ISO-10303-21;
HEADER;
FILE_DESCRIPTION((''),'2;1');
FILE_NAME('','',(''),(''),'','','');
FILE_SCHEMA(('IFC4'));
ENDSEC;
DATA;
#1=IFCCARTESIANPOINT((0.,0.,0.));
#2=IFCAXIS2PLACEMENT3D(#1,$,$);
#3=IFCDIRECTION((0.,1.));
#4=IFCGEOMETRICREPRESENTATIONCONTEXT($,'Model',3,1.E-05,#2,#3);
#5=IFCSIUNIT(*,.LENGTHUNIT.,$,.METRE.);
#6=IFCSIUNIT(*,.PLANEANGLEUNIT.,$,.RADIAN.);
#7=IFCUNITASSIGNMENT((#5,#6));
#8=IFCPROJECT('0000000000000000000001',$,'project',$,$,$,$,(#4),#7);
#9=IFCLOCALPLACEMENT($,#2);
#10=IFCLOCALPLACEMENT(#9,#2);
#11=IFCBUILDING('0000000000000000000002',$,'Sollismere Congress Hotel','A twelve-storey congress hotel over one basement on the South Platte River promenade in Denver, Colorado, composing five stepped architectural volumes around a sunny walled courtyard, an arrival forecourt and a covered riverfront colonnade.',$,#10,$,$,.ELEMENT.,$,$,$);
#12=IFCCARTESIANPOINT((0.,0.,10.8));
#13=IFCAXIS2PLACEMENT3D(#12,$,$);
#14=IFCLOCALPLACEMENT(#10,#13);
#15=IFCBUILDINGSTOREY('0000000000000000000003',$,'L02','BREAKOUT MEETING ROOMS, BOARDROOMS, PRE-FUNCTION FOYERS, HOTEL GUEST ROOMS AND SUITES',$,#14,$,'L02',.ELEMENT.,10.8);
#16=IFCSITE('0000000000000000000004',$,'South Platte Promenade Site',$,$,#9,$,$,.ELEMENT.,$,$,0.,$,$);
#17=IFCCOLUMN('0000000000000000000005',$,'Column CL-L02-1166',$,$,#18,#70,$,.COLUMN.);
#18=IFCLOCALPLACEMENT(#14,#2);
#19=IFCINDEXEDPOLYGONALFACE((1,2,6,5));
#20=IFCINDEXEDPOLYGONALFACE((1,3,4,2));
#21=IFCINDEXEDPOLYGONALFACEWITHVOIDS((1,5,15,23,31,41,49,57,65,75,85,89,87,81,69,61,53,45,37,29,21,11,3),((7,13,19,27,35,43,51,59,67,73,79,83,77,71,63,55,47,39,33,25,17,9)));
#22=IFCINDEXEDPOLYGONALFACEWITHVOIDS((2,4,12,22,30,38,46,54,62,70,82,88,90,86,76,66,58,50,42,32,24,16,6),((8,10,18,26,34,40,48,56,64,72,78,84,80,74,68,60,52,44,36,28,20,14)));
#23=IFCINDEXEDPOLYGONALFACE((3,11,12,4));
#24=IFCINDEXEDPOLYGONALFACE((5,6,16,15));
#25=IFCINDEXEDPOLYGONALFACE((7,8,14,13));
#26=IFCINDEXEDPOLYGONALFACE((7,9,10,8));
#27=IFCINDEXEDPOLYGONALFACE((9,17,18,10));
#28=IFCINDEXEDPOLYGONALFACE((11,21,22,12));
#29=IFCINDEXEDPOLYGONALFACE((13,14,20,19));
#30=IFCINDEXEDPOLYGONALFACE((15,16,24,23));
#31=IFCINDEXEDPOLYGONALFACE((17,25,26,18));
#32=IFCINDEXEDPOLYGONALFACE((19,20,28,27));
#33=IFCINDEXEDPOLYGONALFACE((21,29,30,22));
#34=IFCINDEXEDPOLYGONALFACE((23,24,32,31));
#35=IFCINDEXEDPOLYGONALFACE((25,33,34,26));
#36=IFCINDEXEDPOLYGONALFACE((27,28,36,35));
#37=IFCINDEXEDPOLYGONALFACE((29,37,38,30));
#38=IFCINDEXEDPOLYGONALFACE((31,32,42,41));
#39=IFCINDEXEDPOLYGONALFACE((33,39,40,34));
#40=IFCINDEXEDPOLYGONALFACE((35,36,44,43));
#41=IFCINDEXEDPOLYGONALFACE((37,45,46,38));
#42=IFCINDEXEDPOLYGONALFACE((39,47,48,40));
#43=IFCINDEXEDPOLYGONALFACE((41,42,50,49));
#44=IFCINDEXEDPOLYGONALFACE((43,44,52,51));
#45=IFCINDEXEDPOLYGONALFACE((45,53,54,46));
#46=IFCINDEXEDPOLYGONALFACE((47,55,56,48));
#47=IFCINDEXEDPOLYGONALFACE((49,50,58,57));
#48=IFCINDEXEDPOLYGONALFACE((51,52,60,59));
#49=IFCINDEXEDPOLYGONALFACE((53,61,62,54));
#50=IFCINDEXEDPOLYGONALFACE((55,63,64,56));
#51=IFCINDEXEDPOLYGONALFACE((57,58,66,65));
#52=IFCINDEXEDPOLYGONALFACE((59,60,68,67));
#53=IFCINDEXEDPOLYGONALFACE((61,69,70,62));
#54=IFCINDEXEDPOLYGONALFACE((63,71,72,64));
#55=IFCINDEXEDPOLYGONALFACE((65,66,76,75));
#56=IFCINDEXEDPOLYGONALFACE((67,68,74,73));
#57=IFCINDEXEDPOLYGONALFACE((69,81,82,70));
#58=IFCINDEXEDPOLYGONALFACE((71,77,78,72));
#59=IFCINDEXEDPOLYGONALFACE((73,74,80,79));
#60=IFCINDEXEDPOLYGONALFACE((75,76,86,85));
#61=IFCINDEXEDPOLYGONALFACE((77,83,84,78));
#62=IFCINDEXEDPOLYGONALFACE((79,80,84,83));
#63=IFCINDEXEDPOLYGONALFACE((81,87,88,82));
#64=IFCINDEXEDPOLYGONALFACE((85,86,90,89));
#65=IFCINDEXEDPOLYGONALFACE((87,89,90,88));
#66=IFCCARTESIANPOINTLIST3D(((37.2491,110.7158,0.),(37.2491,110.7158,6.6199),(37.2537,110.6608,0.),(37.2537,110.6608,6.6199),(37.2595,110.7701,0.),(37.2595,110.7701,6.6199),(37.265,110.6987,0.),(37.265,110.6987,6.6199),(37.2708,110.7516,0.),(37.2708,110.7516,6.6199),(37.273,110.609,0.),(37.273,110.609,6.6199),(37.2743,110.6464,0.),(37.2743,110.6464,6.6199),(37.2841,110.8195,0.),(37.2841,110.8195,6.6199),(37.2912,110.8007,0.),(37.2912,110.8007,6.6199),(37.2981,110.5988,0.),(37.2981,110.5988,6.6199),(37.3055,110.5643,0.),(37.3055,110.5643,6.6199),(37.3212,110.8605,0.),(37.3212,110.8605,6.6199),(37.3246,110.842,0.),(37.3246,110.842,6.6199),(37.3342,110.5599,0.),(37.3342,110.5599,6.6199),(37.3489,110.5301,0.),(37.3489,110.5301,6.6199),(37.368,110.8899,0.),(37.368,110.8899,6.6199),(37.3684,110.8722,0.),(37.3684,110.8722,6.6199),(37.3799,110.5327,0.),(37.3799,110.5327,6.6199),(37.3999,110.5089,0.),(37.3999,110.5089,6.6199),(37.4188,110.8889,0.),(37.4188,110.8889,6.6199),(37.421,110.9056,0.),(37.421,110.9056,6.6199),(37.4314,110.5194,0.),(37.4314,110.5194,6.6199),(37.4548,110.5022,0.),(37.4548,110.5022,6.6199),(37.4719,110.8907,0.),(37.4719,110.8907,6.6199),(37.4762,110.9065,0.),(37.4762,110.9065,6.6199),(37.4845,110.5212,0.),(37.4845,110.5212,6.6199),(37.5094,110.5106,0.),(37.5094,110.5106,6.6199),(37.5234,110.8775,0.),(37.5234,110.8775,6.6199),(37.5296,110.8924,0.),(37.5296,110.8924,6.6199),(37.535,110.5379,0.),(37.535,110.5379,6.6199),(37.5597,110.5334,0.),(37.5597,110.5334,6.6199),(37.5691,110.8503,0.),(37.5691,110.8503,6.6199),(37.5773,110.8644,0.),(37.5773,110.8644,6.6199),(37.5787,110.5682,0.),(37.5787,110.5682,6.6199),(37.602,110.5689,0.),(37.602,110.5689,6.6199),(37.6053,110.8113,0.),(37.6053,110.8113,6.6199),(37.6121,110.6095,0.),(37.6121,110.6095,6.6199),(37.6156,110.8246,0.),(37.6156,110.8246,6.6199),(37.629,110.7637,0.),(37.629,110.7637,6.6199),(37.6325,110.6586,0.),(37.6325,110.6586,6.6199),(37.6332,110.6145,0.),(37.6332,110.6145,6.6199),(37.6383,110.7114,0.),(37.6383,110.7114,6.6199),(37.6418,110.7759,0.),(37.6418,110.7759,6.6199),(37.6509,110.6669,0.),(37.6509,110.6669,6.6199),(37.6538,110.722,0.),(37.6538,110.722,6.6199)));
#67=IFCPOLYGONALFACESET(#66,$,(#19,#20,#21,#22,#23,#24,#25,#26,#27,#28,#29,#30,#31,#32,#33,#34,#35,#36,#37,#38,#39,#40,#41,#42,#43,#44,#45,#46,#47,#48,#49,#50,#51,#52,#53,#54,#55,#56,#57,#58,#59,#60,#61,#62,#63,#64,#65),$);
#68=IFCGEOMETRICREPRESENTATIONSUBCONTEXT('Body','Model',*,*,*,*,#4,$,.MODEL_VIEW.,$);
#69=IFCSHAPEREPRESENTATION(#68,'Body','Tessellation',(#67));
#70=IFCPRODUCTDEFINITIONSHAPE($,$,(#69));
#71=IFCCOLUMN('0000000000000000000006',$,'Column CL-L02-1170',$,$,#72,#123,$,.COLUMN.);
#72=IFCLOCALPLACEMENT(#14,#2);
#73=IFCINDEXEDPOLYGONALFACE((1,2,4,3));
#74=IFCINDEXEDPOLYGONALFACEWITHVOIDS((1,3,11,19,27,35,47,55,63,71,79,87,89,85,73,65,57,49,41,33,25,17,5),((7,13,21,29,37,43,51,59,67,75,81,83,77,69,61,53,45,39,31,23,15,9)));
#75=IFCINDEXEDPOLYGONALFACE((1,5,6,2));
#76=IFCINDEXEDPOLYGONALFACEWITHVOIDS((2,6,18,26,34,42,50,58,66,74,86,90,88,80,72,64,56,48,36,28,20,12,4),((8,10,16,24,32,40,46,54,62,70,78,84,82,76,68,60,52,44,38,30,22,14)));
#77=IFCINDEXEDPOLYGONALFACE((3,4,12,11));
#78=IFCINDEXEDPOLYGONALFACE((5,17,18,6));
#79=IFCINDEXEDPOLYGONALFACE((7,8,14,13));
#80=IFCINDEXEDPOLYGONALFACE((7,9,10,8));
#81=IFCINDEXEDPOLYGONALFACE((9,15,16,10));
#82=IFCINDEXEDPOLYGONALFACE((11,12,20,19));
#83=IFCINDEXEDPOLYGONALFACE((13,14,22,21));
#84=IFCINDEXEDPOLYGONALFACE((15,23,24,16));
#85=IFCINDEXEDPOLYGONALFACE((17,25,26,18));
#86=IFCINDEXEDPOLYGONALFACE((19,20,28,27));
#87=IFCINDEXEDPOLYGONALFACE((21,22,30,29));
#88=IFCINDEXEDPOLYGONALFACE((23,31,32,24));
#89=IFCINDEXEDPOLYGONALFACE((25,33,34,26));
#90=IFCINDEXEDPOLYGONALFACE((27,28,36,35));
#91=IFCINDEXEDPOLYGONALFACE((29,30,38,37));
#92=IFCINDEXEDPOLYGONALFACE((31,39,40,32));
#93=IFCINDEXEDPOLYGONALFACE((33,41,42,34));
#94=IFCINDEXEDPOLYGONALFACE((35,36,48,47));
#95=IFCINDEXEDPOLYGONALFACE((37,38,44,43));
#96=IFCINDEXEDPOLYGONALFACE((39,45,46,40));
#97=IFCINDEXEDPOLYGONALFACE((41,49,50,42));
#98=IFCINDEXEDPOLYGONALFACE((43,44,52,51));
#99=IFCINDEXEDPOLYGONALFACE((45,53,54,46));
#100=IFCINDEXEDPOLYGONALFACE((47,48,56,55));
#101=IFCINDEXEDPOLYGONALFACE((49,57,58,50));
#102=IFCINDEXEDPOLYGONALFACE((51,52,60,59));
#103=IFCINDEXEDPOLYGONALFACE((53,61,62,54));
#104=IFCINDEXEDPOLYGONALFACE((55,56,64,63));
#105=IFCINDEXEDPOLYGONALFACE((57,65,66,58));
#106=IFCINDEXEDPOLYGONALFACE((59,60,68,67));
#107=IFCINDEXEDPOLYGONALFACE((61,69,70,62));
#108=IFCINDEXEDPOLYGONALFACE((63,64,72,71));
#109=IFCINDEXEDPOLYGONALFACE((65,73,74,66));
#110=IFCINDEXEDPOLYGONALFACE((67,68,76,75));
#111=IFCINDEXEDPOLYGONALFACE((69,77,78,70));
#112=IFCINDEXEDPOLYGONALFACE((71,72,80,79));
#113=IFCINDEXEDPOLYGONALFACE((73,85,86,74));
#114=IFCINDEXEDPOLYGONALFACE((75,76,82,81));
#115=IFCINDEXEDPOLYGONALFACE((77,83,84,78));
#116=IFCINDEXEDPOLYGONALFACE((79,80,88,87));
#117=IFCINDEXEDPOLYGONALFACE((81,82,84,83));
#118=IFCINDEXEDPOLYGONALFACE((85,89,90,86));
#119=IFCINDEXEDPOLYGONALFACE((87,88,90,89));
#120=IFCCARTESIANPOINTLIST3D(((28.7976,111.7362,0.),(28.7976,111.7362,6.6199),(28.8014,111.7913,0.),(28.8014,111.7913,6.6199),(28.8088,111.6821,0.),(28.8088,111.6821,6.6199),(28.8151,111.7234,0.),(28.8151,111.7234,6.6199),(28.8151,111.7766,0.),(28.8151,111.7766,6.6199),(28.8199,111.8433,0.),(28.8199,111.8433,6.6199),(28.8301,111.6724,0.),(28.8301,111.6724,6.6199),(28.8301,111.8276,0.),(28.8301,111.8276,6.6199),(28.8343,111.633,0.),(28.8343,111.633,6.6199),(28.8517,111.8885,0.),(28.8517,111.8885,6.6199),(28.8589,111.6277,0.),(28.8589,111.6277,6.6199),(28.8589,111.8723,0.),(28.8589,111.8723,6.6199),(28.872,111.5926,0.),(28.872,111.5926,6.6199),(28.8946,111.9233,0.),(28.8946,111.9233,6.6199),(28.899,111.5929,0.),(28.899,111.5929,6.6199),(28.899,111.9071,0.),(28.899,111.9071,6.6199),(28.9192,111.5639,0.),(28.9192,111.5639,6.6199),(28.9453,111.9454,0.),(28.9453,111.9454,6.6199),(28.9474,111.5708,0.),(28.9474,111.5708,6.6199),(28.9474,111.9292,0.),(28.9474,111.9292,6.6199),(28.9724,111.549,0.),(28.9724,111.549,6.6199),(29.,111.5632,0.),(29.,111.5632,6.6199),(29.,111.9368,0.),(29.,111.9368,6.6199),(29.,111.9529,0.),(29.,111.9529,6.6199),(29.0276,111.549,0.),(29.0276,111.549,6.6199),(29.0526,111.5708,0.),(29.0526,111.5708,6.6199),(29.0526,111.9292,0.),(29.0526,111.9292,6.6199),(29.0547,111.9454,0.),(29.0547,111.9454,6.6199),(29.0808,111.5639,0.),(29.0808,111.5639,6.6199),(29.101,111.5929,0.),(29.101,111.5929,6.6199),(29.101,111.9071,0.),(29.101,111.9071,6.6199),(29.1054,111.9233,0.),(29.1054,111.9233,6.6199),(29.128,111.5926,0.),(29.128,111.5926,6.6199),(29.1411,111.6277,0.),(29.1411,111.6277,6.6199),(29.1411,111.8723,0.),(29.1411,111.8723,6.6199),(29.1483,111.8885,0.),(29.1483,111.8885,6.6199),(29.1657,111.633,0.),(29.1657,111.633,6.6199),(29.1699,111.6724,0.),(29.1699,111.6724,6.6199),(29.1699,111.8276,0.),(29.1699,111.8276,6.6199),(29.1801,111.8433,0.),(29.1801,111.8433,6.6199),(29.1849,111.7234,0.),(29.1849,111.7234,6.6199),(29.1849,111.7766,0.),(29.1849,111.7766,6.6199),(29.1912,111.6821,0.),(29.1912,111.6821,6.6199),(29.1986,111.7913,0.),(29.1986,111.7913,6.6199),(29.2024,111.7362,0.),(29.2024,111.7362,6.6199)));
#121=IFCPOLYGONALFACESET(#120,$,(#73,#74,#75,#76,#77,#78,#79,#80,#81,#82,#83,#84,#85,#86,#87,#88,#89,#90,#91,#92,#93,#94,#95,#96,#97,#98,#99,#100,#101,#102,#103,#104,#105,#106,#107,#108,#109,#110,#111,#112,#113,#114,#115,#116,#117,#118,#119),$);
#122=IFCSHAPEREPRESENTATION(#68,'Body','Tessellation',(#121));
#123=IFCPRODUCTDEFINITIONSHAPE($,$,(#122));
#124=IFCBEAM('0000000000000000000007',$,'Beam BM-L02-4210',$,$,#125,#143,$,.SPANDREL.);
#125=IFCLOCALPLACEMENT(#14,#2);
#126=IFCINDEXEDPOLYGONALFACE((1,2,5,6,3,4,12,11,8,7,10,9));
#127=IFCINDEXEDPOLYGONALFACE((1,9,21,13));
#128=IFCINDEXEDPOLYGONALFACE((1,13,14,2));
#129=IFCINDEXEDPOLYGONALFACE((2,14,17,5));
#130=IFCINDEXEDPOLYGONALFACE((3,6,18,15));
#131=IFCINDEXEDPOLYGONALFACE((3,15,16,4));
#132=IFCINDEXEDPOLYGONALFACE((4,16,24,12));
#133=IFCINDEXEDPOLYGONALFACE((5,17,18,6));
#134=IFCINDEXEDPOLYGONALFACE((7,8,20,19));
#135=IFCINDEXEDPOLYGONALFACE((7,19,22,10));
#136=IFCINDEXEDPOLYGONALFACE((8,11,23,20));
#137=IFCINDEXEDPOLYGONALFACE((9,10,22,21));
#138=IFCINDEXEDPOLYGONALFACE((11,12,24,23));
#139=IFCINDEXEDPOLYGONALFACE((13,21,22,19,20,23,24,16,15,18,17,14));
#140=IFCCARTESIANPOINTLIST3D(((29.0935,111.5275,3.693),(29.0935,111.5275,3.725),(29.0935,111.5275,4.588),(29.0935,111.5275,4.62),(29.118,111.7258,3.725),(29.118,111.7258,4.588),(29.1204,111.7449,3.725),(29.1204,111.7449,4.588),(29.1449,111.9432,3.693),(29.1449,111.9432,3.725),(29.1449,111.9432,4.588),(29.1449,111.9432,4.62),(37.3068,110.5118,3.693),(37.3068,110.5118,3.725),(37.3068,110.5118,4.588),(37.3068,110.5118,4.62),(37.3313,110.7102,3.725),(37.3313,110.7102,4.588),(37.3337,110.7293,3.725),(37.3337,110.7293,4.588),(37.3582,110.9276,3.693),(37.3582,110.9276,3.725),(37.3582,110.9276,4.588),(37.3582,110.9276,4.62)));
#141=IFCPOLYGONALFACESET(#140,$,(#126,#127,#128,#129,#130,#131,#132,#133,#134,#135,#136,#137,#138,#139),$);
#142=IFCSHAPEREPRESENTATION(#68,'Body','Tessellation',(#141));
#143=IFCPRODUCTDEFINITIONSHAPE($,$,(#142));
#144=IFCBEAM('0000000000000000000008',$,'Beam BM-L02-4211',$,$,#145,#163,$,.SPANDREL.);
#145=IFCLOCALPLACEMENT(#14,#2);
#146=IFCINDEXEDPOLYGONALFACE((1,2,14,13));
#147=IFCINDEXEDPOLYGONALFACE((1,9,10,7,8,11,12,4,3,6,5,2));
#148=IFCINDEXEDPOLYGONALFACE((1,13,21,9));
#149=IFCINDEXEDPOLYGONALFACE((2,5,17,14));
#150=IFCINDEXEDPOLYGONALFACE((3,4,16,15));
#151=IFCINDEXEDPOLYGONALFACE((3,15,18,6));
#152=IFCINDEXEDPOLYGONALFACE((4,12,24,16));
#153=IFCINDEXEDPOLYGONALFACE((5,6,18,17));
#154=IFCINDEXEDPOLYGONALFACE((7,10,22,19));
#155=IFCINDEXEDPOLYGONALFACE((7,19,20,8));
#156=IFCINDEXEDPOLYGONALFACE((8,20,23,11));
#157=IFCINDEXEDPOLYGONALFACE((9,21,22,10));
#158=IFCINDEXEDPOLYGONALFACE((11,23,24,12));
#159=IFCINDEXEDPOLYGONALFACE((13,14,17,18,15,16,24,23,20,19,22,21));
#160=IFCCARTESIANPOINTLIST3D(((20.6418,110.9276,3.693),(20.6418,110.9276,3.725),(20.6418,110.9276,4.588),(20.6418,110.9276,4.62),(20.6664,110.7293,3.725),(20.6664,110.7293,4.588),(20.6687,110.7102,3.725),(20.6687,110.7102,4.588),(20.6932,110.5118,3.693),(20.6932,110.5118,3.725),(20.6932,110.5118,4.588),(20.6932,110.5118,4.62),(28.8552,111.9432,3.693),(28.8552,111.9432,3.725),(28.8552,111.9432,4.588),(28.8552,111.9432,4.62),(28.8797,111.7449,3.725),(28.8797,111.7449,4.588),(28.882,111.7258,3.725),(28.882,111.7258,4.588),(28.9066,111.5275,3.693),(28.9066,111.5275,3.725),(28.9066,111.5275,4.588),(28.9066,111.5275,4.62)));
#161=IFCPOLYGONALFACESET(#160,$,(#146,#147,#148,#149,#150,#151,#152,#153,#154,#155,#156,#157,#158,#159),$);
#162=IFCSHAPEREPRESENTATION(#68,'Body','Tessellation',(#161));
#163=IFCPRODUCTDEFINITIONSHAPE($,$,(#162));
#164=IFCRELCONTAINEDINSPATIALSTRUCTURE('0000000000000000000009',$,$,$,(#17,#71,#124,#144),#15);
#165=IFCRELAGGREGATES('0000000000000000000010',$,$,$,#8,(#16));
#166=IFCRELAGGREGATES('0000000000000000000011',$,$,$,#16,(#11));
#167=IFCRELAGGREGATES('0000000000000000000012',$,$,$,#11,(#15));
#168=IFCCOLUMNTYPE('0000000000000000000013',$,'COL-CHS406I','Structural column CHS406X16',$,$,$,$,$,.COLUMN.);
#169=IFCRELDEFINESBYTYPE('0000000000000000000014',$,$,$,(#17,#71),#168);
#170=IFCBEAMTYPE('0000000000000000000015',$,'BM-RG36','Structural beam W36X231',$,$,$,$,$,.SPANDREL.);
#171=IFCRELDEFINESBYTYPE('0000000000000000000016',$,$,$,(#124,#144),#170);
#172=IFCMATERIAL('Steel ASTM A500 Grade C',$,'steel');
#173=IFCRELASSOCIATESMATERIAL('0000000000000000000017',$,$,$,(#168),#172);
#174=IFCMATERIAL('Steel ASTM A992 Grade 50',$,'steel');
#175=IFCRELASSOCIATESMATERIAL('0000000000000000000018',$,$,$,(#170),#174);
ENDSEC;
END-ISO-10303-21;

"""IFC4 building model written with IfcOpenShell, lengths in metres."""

from ifc_helpers import new_model, si_unit, direction, frame, origin, origin_2d, place, context, subcontext, project, spatial, hollow_circle, i_section, extrude, material, material_profile, profile_set, type_object, element, save


model = new_model("IFC4")

# Units and contexts
model_context = context("Model", 3, precision=1e-05, world=origin(), true_north=direction((0.0, 1.0)))
body_context = subcontext(model_context, "Body", "Model", "MODEL_VIEW")
ifc_project = project(units=[si_unit("LENGTHUNIT", "METRE"), si_unit("PLANEANGLEUNIT", "RADIAN")], contexts=[model_context])

# Site, building, storey
site_placement = place(None, origin())
site = spatial("IfcSite", under=ifc_project, at=site_placement, Name="South Platte Promenade Site", CompositionType="ELEMENT", RefElevation=0.0)
building_placement = place(site_placement, origin())
building = spatial("IfcBuilding", under=site, at=building_placement, Name="Sollismere Congress Hotel", Description="A twelve-storey congress hotel over one basement on the South Platte River promenade in Denver, Colorado, composing five stepped architectural volumes around a sunny walled courtyard, an arrival forecourt and a covered riverfront colonnade.", CompositionType="ELEMENT")
storey_placement = place(building_placement, frame((0.0, 0.0, 10.8)))
storey = spatial("IfcBuildingStorey", under=building, at=storey_placement, Name="L02", Description="BREAKOUT MEETING ROOMS, BOARDROOMS, PRE-FUNCTION FOYERS, HOTEL GUEST ROOMS AND SUITES", LongName="L02", CompositionType="ELEMENT", Elevation=10.8)

# Columns
ifc_material_1 = material(Name="Steel ASTM A500 Grade C", Category="steel")
ifc_material_profile_1 = material_profile(ifc_material_1, hollow_circle(Radius=0.2029, WallThickness=0.0161, at=origin_2d()), Name="CHS406X16")
ifc_profile_set_1 = profile_set([ifc_material_profile_1], Name="Steel ASTM A500 Grade C")
column_type = type_object("IfcColumnType", Name="COL-CHS406I", Description="Structural column CHS406X16", PredefinedType="COLUMN", material=ifc_profile_set_1)
for number, where, z_axis, x_axis, name in (
    (1, (37.4517, 110.7051, 0.0), (0.0, 0.0, 1.0), (0.384295, 0.92321, 0.0), "Column CL-L02-1166"),
    (2, (29.0, 111.75, 0.0), (0.0, 0.0, 1.0), (0.0, 1.0, 0.0), "Column CL-L02-1170"),
):
    element("IfcColumn", number, at=place(storey_placement, frame(where, z_axis=z_axis, x_axis=x_axis)), inside=storey, type_object=column_type, Name=name, PredefinedType="COLUMN", context=body_context, shape_type="SweptSolid", body=[
        extrude(hollow_circle(Radius=0.2029, WallThickness=0.0161, at=origin_2d()), origin(), (0.0, 0.0, 1.0), 6.6199),
    ])

# Beams
ifc_material_2 = material(Name="Steel ASTM A992 Grade 50", Category="steel")
ifc_material_profile_2 = material_profile(ifc_material_2, i_section(OverallWidth=0.4189, OverallDepth=0.927, WebThickness=0.0193, FlangeThickness=0.032, at=origin_2d()), Name="W36X231")
ifc_profile_set_2 = profile_set([ifc_material_profile_2], Name="Steel ASTM A992 Grade 50")
beam_type = type_object("IfcBeamType", Name="BM-RG36", Description="Structural beam W36X231", PredefinedType="SPANDREL", material=ifc_profile_set_2)
for number, where, z_axis, x_axis, name in (
    (3, (37.3325, 110.7197, 4.1565), (-0.992441, 0.12272, 0.0), (-0.12272, -0.992441, 0.0), "Beam BM-L02-4210"),
    (4, (28.8809, 111.7354, 4.1565), (-0.992441, -0.12272, 0.0), (0.12272, -0.992441, 0.0), "Beam BM-L02-4211"),
):
    element("IfcBeam", number, at=place(storey_placement, frame(where, z_axis=z_axis, x_axis=x_axis)), inside=storey, type_object=beam_type, Name=name, PredefinedType="SPANDREL", context=body_context, shape_type="SweptSolid", body=[
        extrude(i_section(OverallWidth=0.4189, OverallDepth=0.927, WebThickness=0.0193, FlangeThickness=0.032, at=origin_2d()), origin(), (0.0, 0.0, 1.0), 8.2759),
    ])

save(model, "model.ifc")
